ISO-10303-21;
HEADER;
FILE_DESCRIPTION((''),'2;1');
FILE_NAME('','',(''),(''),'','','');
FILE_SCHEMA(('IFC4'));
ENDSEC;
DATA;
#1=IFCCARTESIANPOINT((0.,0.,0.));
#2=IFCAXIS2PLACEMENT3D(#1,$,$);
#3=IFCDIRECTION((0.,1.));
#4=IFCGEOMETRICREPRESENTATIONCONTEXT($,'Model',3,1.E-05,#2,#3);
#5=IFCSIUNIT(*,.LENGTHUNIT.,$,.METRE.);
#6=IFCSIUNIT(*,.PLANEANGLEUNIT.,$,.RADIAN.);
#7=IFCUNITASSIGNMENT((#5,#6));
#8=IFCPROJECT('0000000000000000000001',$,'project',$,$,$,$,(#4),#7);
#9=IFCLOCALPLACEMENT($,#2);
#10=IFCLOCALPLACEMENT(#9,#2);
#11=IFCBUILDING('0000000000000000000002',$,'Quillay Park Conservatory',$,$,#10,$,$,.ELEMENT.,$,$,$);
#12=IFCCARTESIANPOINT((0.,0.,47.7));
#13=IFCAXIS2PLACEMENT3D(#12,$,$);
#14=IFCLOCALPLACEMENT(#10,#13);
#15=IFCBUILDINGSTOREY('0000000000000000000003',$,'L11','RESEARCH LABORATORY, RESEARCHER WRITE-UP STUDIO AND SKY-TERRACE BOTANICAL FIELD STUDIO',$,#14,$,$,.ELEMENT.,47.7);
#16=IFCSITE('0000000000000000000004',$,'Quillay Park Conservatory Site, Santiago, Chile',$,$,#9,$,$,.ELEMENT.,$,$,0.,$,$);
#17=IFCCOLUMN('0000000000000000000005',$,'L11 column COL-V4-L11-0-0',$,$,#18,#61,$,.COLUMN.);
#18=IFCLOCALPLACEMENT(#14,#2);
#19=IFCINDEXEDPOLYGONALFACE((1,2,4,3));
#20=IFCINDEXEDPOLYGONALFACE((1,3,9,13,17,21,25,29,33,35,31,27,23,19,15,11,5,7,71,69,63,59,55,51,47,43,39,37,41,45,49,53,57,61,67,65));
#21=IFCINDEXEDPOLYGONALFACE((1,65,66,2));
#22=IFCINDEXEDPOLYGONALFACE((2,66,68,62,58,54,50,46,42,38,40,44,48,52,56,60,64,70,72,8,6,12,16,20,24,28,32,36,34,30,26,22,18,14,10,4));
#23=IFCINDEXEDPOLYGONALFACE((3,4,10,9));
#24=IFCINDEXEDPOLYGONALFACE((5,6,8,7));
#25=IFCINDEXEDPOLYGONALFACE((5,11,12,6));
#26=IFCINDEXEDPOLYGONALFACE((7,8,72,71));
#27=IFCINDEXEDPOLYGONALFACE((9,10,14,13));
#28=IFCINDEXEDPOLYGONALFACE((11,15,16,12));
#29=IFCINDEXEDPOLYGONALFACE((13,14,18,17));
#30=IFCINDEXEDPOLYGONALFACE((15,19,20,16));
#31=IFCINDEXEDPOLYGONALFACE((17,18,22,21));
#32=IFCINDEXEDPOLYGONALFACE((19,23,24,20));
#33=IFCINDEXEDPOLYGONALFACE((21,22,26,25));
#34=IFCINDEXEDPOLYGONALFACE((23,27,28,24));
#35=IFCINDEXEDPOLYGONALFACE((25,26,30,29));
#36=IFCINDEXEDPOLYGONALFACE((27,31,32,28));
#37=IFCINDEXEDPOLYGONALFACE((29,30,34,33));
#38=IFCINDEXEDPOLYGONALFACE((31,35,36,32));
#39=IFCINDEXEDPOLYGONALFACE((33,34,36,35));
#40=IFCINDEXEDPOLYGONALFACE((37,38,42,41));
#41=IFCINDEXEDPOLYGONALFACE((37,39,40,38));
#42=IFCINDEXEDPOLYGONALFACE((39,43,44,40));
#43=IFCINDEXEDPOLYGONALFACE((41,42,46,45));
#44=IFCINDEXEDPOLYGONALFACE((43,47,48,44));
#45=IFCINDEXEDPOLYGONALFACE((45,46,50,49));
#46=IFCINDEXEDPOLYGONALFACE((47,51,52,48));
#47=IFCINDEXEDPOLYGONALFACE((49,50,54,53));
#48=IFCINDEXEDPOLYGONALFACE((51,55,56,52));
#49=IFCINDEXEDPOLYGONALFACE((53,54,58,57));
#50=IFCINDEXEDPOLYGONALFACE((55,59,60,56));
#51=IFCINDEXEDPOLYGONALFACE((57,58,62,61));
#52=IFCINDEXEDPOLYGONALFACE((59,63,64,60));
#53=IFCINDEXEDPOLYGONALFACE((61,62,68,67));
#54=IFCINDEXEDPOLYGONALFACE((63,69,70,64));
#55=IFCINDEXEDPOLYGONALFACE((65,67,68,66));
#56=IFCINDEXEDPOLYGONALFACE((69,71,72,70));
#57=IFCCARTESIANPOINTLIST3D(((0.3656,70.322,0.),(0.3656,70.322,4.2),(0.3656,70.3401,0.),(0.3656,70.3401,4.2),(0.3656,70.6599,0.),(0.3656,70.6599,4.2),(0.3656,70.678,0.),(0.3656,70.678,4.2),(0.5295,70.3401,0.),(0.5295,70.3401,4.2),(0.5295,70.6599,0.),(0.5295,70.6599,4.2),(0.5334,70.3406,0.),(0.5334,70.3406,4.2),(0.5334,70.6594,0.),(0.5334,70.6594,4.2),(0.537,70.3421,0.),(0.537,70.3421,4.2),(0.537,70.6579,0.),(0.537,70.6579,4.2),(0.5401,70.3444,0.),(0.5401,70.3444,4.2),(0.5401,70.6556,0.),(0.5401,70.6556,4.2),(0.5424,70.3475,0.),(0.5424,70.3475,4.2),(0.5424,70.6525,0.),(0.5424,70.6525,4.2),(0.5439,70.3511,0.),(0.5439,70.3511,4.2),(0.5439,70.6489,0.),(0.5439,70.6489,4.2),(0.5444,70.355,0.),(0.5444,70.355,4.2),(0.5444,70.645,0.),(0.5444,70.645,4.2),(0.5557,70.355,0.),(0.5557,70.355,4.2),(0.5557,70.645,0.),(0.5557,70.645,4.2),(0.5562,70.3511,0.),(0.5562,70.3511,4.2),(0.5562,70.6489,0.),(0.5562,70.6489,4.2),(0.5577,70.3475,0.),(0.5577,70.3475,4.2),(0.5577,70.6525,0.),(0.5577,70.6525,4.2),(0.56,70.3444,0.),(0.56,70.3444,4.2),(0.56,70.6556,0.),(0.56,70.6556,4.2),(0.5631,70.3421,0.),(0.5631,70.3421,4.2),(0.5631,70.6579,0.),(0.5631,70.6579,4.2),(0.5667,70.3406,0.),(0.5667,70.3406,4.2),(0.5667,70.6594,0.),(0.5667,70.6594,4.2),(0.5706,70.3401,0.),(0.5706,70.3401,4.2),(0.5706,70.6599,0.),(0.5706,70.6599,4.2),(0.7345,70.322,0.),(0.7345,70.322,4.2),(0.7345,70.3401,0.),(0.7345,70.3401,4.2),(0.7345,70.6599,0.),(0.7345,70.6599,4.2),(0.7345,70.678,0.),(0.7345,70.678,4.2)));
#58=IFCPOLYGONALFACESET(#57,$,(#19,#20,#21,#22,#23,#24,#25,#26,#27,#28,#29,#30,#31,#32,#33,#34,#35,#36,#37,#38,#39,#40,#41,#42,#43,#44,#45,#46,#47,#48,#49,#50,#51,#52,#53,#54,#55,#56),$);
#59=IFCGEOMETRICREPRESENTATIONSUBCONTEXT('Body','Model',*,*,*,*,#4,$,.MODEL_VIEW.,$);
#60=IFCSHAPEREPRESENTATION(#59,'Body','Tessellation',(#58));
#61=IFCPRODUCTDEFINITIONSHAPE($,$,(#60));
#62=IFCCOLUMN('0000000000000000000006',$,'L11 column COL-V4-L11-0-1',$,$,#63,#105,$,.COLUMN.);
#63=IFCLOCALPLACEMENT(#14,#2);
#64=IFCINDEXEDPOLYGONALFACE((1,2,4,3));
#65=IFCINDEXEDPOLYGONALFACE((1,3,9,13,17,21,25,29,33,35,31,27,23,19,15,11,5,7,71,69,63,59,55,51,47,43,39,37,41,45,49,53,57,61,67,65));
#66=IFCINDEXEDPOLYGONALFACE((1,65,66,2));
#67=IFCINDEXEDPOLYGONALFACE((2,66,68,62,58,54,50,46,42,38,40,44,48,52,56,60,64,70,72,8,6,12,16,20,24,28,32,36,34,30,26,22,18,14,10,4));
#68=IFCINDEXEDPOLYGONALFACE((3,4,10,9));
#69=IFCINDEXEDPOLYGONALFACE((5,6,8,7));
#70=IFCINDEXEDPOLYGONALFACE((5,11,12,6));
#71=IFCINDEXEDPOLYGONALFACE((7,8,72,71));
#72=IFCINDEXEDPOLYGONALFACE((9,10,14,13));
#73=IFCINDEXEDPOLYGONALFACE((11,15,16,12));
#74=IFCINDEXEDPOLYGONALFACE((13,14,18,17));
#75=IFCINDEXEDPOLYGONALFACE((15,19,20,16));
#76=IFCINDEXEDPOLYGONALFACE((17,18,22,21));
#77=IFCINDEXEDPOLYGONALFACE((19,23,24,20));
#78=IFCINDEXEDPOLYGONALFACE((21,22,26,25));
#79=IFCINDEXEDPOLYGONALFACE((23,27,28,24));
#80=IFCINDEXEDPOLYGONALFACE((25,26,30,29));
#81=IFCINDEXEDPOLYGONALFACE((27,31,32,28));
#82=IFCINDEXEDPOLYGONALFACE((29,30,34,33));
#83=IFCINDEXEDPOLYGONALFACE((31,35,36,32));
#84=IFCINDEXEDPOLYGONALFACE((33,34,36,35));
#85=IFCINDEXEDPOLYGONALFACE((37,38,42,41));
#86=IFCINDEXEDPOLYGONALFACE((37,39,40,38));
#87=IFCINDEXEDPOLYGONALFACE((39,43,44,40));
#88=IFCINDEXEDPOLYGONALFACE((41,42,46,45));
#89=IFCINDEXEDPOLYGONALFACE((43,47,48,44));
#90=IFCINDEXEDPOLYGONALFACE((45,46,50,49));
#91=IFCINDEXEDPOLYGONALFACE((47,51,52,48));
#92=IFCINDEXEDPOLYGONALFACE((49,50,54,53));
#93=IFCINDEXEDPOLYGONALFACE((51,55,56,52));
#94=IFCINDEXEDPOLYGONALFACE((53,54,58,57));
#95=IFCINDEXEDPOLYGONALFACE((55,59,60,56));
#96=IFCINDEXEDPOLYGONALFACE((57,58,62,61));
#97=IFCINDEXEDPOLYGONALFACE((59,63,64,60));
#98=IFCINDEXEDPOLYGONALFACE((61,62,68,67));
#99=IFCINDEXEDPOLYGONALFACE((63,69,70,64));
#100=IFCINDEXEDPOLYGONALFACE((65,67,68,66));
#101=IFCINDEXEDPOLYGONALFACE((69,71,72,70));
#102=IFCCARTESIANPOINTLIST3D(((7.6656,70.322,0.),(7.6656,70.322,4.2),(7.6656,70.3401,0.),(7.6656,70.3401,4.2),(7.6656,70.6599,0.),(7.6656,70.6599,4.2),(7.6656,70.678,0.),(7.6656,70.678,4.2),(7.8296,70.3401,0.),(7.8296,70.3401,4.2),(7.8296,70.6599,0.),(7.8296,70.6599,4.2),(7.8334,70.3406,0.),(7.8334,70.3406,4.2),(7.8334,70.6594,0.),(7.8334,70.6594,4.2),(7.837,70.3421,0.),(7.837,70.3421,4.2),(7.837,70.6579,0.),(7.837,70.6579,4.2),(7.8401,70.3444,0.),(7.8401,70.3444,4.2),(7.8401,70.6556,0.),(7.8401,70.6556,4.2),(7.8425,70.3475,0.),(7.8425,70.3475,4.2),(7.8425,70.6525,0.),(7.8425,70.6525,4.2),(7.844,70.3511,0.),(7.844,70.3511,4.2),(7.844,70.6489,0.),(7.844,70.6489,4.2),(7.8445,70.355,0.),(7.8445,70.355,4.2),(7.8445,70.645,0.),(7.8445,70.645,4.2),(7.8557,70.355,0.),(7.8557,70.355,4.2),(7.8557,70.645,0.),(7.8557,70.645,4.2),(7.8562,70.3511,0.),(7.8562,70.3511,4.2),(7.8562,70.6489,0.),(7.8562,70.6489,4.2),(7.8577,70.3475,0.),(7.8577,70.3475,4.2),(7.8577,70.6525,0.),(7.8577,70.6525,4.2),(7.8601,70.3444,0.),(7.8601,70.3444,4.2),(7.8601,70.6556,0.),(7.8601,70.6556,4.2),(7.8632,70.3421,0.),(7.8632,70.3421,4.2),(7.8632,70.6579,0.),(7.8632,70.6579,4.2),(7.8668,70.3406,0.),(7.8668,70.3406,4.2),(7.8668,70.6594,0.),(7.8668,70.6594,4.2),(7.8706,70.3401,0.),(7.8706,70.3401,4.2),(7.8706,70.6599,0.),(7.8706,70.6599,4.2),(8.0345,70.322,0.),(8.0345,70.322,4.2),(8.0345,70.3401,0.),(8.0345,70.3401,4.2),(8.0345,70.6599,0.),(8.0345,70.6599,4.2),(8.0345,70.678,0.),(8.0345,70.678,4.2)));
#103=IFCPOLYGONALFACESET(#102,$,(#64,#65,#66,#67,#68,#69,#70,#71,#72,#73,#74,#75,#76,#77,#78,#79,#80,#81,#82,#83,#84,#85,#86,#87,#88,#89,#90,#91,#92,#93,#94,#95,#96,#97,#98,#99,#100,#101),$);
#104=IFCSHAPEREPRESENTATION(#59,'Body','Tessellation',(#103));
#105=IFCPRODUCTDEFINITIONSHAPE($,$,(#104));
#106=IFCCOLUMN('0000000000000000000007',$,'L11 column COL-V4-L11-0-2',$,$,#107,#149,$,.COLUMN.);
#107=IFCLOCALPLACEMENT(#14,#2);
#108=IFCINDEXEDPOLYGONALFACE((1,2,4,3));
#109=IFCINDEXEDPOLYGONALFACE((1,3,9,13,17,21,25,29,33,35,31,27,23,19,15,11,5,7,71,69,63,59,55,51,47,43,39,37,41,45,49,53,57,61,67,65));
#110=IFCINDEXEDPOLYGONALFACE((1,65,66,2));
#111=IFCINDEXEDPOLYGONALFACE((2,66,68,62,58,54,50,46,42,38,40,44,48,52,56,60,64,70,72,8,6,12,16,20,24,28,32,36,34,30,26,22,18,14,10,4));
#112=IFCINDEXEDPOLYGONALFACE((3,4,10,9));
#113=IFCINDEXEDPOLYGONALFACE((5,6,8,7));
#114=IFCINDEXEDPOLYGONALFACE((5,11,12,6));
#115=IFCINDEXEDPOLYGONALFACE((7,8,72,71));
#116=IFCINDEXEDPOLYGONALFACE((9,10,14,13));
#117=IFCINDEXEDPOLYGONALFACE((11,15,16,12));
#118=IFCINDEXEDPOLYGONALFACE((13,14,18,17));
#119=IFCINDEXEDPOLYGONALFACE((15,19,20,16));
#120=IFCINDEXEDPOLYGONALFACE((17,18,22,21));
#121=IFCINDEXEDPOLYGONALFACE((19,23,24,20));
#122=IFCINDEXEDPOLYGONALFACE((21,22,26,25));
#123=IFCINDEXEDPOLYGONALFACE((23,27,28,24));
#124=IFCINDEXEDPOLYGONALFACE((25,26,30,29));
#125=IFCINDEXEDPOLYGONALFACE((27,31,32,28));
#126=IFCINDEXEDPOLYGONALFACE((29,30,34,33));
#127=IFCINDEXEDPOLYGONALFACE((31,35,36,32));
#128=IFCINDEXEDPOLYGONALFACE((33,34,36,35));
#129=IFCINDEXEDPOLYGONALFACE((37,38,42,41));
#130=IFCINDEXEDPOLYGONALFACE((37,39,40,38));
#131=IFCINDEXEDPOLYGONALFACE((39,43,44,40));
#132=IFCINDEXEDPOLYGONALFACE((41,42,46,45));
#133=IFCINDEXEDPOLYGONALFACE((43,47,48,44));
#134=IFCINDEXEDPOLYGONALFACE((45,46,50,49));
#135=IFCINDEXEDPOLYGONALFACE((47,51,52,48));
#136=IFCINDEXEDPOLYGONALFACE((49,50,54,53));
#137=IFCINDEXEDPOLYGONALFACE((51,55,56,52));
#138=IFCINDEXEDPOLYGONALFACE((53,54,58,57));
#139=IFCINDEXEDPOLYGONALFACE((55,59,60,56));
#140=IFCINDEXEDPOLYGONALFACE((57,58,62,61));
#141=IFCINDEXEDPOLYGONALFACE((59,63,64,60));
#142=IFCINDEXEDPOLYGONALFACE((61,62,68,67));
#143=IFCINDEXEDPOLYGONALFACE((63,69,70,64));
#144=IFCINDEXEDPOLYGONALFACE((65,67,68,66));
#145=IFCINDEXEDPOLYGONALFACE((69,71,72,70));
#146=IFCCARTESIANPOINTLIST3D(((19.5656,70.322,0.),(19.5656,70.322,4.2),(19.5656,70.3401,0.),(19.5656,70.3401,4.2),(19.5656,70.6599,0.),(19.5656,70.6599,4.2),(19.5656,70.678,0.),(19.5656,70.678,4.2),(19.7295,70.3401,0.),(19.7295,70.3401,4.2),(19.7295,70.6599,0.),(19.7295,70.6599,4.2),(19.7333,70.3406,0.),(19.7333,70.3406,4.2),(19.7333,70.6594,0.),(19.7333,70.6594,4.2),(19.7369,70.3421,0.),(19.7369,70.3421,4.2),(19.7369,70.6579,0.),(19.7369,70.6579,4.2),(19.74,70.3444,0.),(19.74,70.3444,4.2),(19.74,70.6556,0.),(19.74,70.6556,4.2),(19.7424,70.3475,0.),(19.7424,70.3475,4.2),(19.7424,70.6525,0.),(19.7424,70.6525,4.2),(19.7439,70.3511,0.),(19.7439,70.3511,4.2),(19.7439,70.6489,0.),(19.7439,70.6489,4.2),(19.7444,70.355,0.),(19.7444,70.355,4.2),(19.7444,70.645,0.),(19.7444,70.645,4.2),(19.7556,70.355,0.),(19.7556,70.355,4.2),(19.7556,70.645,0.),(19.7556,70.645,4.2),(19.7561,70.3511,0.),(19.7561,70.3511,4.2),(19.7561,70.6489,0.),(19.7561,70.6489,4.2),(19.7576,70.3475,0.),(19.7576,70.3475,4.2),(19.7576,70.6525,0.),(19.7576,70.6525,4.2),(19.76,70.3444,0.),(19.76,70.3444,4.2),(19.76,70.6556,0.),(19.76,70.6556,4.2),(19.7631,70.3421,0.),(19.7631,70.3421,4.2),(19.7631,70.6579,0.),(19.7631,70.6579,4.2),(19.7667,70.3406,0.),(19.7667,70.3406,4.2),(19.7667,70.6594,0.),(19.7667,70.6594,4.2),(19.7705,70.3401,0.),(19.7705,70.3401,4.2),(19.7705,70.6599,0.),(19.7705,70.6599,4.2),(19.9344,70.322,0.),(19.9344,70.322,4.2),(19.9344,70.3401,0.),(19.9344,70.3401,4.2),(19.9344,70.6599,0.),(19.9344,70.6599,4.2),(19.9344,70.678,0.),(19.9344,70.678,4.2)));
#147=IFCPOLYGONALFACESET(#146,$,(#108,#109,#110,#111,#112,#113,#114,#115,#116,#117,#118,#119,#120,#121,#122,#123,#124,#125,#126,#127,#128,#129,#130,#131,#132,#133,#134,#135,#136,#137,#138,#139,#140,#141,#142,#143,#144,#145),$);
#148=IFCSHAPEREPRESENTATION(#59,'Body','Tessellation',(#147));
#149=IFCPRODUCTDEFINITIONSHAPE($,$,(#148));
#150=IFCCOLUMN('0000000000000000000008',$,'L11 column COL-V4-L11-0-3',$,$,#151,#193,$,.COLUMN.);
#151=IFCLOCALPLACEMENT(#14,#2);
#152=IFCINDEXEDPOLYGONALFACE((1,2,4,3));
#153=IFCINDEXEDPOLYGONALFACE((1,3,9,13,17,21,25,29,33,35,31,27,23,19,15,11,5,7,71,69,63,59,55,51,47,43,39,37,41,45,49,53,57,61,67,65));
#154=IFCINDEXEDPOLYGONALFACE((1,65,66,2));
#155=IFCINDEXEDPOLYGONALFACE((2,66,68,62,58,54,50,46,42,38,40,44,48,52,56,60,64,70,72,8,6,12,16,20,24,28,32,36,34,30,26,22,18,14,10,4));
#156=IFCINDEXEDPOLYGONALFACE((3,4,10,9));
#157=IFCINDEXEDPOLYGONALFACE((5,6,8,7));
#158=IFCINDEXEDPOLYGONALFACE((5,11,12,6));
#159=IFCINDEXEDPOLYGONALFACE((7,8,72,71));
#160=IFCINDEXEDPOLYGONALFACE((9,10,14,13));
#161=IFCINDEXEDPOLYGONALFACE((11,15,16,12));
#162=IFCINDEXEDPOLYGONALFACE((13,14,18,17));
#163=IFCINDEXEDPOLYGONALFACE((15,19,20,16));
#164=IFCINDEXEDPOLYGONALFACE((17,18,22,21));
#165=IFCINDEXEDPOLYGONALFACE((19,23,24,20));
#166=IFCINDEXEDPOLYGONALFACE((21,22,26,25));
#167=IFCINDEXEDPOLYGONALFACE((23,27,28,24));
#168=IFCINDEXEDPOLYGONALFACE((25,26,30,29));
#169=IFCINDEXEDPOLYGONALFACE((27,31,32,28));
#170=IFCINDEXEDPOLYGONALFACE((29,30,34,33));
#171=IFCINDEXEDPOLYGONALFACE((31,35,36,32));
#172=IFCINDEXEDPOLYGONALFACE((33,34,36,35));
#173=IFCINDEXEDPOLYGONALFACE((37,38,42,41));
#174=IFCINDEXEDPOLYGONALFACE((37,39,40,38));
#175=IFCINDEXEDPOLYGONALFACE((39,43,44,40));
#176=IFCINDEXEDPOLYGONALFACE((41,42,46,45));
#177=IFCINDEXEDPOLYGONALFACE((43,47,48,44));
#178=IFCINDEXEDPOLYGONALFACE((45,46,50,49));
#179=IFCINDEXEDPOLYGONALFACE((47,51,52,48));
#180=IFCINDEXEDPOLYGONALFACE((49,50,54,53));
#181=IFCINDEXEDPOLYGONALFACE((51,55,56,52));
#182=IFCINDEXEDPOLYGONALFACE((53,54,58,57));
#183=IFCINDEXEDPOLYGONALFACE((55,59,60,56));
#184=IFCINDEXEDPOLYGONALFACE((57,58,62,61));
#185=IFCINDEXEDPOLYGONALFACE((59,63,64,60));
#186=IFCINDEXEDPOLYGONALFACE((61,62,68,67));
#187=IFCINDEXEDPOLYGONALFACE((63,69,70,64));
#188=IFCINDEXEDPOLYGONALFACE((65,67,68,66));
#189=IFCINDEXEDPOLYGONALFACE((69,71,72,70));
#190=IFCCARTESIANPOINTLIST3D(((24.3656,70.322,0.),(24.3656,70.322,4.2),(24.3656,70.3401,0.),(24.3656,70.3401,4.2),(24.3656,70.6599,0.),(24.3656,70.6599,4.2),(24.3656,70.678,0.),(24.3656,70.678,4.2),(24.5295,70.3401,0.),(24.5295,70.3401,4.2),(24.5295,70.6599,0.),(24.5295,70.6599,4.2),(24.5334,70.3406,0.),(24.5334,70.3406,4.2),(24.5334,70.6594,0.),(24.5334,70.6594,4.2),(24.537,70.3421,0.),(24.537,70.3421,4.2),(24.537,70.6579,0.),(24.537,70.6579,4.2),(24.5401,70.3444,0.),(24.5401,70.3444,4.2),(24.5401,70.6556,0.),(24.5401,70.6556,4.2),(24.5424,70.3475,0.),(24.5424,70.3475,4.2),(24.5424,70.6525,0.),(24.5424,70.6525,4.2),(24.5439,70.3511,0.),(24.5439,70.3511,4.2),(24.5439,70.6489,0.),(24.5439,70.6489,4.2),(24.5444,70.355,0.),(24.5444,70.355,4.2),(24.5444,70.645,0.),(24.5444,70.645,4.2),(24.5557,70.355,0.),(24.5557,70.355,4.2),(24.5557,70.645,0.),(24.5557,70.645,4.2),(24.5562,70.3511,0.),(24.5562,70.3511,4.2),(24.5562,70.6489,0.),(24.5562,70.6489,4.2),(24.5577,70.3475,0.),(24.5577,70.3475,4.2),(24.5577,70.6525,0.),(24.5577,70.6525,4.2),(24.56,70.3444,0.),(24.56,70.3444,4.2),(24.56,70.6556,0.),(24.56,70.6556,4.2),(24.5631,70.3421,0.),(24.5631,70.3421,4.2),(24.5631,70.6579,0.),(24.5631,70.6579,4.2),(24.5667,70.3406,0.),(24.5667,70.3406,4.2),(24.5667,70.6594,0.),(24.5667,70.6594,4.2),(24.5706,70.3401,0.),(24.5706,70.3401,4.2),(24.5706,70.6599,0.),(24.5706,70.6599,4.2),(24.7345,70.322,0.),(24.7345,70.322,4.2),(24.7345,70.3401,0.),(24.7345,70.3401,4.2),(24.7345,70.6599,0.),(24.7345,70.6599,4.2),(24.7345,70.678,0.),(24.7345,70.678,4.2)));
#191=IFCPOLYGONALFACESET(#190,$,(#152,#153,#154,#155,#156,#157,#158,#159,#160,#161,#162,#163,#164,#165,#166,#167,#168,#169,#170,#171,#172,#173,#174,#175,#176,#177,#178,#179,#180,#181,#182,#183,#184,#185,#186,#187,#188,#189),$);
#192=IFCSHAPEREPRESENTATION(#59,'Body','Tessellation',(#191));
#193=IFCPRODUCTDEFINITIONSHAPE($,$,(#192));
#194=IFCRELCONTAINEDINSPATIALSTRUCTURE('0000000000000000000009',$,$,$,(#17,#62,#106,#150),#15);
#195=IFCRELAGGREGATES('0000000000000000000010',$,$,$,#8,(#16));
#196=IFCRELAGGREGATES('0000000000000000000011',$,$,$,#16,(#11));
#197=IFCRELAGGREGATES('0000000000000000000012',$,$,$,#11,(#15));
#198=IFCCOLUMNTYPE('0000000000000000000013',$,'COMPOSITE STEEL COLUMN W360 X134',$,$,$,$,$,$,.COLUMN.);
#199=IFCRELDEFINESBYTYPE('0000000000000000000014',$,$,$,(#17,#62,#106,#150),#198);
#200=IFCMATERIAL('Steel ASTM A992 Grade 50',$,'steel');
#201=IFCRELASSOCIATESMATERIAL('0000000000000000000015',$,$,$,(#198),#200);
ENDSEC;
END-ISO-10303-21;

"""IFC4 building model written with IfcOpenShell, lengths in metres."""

from ifc_helpers import new_model, si_unit, direction, frame, origin, origin_2d, place, context, subcontext, project, spatial, i_section, extrude, material, material_profile, profile_set, type_object, element, save


model = new_model("IFC4")

# Units and contexts
model_context = context("Model", 3, precision=1e-05, world=origin(), true_north=direction((0.0, 1.0)))
body_context = subcontext(model_context, "Body", "Model", "MODEL_VIEW")
ifc_project = project(units=[si_unit("LENGTHUNIT", "METRE"), si_unit("PLANEANGLEUNIT", "RADIAN")], contexts=[model_context])

# Site, building, storey
site_placement = place(None, origin())
site = spatial("IfcSite", under=ifc_project, at=site_placement, Name="Quillay Park Conservatory Site, Santiago, Chile", CompositionType="ELEMENT", RefElevation=0.0)
building_placement = place(site_placement, origin())
building = spatial("IfcBuilding", under=site, at=building_placement, Name="Quillay Park Conservatory", CompositionType="ELEMENT")
storey_placement = place(building_placement, frame((0.0, 0.0, 47.7)))
storey = spatial("IfcBuildingStorey", under=building, at=storey_placement, Name="L11", Description="RESEARCH LABORATORY, RESEARCHER WRITE-UP STUDIO AND SKY-TERRACE BOTANICAL FIELD STUDIO", CompositionType="ELEMENT", Elevation=47.7)

# Columns
ifc_material_1 = material(Name="Steel ASTM A992 Grade 50", Category="steel")
ifc_material_profile_1 = material_profile(ifc_material_1, i_section(OverallWidth=0.3689, OverallDepth=0.356, WebThickness=0.0112, FlangeThickness=0.0181, FilletRadius=0.0149, at=origin_2d()), Name="W360x134")
ifc_profile_set_1 = profile_set([ifc_material_profile_1], Name="Steel ASTM A992 Grade 50")
column_type = type_object("IfcColumnType", Name="COMPOSITE STEEL COLUMN W360 X134", PredefinedType="COLUMN", material=ifc_profile_set_1)
for number, where, z_axis, x_axis, name in (
    (1, (0.55, 70.5, 0.0), (0.0, 0.0, 1.0), (1.0, 0.0, 0.0), "L11 column COL-V4-L11-0-0"),
    (2, (7.8501, 70.5, 0.0), (0.0, 0.0, 1.0), (1.0, 0.0, 0.0), "L11 column COL-V4-L11-0-1"),
    (3, (19.75, 70.5, 0.0), (0.0, 0.0, 1.0), (1.0, 0.0, 0.0), "L11 column COL-V4-L11-0-2"),
    (4, (24.55, 70.5, 0.0), (0.0, 0.0, 1.0), (1.0, 0.0, 0.0), "L11 column COL-V4-L11-0-3"),
):
    element("IfcColumn", number, at=place(storey_placement, frame(where, z_axis=z_axis, x_axis=x_axis)), inside=storey, type_object=column_type, Name=name, PredefinedType="COLUMN", context=body_context, shape_type="SweptSolid", body=[
        extrude(i_section(OverallWidth=0.3689, OverallDepth=0.356, WebThickness=0.0112, FlangeThickness=0.0181, FilletRadius=0.0149, at=origin_2d()), origin(), (0.0, 0.0, 1.0), 4.2),
    ])

save(model, "model.ifc")
